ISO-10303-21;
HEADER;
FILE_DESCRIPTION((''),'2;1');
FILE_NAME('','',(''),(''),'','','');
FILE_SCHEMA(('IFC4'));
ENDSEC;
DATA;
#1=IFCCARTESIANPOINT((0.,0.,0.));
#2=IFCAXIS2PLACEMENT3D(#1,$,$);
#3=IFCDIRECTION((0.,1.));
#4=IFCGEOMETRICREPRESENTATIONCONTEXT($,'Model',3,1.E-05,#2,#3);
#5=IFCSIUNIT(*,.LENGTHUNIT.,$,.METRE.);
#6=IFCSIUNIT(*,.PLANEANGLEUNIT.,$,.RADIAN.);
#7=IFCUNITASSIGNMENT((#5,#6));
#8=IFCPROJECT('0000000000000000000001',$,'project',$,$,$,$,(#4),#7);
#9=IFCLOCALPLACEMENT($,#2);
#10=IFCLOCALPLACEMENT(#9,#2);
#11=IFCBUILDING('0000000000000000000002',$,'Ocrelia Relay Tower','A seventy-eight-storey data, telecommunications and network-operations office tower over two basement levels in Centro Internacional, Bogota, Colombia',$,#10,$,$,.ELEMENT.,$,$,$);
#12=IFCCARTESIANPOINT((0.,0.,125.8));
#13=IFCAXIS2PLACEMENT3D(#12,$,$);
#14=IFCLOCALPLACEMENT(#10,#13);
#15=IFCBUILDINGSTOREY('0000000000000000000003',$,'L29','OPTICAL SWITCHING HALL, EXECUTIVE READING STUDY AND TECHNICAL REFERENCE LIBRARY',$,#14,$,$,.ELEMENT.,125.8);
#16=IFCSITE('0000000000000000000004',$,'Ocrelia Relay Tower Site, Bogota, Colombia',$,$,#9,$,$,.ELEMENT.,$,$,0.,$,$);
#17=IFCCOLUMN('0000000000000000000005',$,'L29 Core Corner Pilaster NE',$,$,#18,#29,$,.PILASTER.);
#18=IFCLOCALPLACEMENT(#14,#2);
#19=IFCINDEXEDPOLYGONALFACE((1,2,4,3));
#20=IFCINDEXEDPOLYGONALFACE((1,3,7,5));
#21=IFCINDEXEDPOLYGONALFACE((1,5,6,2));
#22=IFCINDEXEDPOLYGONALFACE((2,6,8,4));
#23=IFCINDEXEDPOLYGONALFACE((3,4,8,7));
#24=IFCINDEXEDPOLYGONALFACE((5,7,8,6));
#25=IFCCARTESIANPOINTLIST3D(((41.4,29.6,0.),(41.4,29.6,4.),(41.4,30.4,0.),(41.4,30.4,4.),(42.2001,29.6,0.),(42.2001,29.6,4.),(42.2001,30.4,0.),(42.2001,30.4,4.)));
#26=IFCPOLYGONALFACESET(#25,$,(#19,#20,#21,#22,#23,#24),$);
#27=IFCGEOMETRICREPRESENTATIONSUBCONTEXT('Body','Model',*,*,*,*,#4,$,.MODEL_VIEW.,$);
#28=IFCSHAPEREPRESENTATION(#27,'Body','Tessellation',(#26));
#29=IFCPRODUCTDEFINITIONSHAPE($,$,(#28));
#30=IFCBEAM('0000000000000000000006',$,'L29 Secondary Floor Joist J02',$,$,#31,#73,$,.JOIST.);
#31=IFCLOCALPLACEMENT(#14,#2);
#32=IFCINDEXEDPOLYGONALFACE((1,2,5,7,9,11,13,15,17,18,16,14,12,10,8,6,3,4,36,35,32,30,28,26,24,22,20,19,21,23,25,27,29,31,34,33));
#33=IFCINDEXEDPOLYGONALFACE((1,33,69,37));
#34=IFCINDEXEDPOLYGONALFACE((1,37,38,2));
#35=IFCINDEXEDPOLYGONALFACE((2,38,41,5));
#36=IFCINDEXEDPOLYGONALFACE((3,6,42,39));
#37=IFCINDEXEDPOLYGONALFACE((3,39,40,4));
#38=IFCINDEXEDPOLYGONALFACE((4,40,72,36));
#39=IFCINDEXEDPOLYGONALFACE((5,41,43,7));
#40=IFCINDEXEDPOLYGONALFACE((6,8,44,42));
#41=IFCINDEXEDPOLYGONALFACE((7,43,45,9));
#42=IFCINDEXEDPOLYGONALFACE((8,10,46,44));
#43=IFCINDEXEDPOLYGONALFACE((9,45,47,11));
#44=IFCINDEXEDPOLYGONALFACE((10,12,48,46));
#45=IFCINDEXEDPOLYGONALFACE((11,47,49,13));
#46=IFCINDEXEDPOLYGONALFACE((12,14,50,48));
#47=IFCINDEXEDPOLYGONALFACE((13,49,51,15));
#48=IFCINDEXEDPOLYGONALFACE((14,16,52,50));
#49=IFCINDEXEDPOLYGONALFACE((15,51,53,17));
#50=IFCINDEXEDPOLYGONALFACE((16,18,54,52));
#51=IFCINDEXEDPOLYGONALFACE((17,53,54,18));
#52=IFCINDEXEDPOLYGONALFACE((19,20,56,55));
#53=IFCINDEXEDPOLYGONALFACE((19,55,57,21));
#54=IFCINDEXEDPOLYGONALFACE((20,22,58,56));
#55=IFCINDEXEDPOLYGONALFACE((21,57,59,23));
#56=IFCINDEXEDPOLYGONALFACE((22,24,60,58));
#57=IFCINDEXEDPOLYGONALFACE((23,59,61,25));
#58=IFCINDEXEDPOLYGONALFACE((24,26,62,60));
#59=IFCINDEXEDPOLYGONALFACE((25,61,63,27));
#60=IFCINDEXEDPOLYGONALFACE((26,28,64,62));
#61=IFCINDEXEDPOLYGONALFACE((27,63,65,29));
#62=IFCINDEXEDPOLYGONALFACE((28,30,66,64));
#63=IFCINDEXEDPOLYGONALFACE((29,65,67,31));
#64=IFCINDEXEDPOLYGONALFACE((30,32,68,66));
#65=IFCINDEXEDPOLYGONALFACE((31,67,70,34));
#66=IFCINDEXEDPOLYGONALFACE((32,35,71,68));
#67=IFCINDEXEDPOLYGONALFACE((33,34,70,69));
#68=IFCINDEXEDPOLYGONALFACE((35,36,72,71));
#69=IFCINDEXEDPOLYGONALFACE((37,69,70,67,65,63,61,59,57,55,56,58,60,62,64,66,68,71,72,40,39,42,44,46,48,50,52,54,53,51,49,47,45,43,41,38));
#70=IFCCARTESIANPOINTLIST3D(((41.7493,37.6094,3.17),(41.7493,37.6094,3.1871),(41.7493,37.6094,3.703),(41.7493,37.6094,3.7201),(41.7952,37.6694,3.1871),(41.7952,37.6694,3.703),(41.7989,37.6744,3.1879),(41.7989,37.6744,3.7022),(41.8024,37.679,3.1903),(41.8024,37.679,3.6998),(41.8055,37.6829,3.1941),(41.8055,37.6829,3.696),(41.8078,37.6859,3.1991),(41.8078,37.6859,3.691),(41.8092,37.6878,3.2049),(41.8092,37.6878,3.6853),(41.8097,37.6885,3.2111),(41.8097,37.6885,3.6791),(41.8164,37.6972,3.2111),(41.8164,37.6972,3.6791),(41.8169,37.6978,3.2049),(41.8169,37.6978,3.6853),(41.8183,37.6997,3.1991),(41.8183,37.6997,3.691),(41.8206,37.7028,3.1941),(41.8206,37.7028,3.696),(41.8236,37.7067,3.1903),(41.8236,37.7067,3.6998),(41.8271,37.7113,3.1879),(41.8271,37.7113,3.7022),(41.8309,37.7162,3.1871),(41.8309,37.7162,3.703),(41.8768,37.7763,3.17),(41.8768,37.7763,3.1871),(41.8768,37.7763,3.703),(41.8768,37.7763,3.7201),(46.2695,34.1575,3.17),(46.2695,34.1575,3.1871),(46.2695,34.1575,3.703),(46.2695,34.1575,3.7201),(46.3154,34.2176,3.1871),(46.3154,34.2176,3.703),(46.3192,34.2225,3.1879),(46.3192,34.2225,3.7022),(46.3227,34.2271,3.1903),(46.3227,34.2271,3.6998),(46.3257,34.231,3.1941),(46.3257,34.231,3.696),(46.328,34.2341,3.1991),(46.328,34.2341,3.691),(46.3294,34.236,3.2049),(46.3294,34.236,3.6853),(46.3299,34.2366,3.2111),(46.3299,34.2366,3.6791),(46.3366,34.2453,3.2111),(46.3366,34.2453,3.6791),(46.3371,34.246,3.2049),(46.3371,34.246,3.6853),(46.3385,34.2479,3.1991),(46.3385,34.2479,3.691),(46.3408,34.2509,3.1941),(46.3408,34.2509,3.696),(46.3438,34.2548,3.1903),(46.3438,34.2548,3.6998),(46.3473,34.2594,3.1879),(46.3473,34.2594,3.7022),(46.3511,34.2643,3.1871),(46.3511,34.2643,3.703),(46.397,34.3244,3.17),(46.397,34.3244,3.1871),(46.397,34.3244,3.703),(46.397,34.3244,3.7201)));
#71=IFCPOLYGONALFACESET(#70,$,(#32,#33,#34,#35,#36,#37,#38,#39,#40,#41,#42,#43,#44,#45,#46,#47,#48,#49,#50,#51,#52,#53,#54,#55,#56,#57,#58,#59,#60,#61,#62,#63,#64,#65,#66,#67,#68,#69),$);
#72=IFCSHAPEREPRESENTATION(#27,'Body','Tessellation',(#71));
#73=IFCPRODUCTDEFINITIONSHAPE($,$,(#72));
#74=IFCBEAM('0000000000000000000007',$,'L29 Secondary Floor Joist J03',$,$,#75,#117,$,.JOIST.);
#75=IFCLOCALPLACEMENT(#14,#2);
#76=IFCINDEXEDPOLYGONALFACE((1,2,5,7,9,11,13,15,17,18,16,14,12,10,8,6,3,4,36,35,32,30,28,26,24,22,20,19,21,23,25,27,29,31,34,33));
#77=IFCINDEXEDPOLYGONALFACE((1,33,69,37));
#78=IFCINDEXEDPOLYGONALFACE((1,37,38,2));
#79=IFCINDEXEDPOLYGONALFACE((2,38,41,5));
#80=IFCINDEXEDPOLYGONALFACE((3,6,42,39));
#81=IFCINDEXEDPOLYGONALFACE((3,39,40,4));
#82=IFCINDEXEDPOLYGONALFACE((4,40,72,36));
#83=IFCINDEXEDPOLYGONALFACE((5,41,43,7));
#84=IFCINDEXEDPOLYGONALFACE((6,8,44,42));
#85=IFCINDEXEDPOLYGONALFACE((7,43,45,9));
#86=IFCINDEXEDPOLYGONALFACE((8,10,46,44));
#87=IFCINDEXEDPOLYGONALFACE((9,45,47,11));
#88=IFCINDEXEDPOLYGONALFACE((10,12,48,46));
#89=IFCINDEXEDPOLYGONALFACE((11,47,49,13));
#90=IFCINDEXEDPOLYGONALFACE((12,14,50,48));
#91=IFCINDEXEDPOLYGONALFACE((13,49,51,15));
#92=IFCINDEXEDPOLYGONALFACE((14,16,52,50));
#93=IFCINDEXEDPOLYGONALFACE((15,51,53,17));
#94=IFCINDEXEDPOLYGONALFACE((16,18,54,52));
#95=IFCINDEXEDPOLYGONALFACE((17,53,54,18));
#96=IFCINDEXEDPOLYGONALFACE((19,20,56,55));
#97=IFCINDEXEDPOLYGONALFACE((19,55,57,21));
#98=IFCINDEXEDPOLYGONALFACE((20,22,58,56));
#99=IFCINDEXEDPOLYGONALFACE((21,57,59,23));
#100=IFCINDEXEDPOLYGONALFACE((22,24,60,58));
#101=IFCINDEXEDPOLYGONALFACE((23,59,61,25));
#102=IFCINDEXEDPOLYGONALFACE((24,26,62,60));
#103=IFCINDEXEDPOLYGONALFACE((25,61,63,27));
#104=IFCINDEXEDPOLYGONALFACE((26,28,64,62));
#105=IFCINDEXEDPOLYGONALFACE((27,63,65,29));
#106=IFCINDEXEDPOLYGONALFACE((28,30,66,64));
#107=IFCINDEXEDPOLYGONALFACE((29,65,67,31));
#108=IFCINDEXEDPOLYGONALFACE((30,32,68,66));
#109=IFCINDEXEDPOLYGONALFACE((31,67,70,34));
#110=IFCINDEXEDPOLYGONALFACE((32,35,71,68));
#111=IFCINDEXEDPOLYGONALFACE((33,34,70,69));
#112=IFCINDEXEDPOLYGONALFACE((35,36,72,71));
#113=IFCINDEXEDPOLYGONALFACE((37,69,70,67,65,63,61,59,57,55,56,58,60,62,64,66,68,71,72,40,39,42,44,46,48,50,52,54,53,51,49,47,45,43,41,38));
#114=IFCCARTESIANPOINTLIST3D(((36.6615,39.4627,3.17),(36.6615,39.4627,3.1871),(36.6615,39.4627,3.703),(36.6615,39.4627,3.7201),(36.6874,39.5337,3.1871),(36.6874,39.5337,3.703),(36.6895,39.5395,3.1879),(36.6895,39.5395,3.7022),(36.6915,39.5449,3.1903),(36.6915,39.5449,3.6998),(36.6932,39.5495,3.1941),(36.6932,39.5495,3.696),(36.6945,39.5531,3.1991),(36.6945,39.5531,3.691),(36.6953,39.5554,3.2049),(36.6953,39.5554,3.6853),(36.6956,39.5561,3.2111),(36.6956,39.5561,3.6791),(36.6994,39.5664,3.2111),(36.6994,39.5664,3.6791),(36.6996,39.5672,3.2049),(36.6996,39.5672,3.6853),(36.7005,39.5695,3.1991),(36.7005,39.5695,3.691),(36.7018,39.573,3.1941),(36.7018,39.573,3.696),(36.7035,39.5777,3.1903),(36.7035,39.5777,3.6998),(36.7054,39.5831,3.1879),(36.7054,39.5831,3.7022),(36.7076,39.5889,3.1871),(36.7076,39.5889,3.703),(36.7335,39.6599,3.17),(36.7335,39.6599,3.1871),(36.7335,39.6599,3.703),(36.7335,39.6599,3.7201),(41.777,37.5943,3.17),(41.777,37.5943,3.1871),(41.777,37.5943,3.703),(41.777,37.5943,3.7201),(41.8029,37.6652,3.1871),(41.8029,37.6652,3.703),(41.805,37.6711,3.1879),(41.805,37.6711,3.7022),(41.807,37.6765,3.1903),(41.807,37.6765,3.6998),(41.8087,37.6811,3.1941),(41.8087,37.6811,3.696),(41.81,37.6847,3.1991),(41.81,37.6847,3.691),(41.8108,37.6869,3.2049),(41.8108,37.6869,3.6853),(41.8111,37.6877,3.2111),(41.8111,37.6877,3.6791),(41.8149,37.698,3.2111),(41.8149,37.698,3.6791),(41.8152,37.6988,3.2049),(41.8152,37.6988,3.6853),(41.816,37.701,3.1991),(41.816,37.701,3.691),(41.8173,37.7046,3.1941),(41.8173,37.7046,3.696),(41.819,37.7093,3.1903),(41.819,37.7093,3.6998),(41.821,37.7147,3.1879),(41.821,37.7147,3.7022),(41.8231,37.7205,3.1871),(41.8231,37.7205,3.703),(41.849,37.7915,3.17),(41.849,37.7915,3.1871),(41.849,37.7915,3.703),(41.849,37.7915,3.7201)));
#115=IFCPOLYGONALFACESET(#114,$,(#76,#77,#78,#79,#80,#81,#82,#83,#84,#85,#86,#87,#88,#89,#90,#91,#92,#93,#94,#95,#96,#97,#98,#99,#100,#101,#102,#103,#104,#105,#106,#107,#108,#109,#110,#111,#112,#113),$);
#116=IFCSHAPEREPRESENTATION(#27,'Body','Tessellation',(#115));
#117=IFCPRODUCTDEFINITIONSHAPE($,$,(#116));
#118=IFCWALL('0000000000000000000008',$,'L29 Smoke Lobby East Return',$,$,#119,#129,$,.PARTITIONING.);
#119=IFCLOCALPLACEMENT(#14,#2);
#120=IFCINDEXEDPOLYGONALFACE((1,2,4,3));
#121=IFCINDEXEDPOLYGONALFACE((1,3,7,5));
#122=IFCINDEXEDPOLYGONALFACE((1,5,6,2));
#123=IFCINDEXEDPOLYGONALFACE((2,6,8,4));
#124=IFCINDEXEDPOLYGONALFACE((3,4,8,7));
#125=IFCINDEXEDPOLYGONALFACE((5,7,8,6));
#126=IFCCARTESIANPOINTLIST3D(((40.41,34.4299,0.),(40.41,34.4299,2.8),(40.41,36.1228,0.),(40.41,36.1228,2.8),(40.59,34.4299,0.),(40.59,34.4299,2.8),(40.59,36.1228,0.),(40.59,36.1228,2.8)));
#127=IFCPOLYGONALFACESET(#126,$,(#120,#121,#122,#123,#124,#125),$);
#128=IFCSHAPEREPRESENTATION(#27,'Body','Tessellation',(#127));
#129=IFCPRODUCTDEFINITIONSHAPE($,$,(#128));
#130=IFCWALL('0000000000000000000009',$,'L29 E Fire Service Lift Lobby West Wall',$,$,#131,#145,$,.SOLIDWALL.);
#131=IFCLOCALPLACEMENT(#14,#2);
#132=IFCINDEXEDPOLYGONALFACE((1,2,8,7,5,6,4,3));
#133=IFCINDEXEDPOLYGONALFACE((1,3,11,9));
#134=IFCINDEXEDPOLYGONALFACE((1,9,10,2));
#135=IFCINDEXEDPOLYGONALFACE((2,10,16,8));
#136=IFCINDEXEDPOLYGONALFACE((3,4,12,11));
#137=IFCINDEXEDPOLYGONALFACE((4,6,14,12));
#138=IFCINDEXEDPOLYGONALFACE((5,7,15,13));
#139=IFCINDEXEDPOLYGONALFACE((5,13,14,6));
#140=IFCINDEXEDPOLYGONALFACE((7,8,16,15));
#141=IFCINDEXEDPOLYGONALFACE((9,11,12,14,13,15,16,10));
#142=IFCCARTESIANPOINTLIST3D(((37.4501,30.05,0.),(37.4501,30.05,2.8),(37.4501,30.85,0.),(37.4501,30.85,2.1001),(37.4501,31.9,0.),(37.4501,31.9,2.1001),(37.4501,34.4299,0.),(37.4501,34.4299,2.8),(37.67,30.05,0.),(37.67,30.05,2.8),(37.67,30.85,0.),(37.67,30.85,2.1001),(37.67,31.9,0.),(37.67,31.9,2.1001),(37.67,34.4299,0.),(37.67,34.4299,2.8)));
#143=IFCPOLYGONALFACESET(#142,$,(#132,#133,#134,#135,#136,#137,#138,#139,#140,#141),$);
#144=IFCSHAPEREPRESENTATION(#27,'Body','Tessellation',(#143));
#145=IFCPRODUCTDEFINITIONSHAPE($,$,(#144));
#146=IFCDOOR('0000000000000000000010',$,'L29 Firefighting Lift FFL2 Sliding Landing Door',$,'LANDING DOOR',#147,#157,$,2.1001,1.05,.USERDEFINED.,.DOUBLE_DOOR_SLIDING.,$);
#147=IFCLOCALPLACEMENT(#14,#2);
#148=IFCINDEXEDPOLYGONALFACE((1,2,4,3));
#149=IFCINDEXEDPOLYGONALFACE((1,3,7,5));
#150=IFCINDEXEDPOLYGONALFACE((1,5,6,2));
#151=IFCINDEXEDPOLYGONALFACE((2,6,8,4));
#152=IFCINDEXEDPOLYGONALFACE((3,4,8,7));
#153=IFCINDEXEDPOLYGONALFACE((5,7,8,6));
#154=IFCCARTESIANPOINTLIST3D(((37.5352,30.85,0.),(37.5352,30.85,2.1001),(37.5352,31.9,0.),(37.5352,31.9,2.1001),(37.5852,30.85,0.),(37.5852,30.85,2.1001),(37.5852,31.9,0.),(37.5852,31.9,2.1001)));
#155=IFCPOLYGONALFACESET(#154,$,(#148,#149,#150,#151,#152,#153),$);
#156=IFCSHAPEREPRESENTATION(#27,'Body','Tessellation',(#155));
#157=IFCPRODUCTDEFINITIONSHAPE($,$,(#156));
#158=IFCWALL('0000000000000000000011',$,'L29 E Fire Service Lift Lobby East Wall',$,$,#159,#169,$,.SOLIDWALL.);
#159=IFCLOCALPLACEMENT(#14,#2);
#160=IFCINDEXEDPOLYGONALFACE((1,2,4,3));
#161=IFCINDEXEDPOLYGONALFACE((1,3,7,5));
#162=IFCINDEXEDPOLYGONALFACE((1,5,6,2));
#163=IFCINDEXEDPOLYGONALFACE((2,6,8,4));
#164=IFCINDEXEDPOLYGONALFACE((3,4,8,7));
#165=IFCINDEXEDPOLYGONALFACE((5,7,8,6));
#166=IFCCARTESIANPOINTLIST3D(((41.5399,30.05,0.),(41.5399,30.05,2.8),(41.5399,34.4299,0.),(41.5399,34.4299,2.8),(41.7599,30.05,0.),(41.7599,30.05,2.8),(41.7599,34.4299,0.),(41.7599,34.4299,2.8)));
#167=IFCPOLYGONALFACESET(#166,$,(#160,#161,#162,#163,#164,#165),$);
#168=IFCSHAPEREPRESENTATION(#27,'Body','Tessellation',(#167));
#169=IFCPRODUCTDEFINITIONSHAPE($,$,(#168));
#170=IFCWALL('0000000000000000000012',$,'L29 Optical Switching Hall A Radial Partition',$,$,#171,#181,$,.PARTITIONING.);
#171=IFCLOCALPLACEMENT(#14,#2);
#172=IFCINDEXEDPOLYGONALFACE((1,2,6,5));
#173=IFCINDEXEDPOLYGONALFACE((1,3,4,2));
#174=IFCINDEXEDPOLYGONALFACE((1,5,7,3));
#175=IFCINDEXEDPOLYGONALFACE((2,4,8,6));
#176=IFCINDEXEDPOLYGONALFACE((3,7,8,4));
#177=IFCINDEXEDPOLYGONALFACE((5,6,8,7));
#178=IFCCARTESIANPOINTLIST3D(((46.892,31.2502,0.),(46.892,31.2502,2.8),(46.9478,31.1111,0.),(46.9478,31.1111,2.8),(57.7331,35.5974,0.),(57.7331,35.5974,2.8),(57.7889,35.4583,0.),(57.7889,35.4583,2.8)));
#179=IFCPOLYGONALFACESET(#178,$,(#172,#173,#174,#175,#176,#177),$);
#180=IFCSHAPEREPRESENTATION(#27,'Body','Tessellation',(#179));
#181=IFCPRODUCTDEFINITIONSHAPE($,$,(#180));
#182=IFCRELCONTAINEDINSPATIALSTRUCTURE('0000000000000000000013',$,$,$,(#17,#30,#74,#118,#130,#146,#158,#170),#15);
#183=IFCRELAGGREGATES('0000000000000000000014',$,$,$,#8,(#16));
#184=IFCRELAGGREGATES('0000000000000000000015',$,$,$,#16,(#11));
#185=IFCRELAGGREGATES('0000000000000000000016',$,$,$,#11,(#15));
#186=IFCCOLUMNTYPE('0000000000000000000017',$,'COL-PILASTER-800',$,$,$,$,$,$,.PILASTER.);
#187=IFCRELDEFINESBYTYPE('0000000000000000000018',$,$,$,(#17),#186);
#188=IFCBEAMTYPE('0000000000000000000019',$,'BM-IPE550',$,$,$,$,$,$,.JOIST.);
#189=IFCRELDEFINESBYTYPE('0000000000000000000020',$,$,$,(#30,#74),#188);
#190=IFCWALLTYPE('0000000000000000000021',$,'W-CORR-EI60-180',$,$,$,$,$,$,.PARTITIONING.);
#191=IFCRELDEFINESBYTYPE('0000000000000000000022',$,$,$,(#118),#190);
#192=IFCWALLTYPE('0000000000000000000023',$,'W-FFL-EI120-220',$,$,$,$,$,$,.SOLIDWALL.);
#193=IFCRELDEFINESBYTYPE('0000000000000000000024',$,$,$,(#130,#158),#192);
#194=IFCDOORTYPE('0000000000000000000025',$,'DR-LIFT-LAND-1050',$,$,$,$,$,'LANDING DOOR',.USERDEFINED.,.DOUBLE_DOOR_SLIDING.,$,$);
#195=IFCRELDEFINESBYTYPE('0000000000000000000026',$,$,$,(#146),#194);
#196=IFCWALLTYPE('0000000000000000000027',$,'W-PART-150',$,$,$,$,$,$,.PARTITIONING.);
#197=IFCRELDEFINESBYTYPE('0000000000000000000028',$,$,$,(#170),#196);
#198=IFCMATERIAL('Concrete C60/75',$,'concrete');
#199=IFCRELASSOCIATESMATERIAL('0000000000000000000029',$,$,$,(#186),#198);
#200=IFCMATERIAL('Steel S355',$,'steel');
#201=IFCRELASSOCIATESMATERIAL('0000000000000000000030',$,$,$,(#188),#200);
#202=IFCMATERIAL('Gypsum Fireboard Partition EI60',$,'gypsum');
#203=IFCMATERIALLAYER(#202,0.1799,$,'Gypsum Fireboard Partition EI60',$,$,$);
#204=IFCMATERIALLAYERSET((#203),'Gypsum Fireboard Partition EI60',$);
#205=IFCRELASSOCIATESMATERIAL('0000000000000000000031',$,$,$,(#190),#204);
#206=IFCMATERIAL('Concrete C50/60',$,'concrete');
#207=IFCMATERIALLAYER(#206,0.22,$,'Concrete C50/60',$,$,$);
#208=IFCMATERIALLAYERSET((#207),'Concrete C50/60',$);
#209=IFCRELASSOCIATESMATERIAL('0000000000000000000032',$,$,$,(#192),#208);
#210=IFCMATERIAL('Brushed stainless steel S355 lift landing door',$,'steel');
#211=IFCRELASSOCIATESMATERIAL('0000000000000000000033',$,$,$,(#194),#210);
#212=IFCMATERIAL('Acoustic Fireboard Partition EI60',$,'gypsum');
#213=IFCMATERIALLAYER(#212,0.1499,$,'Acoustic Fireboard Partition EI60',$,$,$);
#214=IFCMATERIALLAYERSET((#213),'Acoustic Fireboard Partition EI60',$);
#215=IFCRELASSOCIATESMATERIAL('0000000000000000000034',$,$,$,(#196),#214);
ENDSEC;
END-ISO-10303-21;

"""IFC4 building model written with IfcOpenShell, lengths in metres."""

from ifc_helpers import new_model, si_unit, direction, frame, frame_2d, origin, origin_2d, place, context, subcontext, project, spatial, rectangle, i_section, extrude, material, layer, layer_set, material_profile, profile_set, type_object, element, fill, save


model = new_model("IFC4")

# Units and contexts
model_context = context("Model", 3, precision=1e-05, world=origin(), true_north=direction((0.0, 1.0)))
body_context = subcontext(model_context, "Body", "Model", "MODEL_VIEW")
ifc_project = project(units=[si_unit("LENGTHUNIT", "METRE"), si_unit("PLANEANGLEUNIT", "RADIAN")], contexts=[model_context])

# Site, building, storey
site_placement = place(None, origin())
site = spatial("IfcSite", under=ifc_project, at=site_placement, Name="Ocrelia Relay Tower Site, Bogota, Colombia", CompositionType="ELEMENT", RefElevation=0.0)
building_placement = place(site_placement, origin())
building = spatial("IfcBuilding", under=site, at=building_placement, Name="Ocrelia Relay Tower", Description="A seventy-eight-storey data, telecommunications and network-operations office tower over two basement levels in Centro Internacional, Bogota, Colombia", CompositionType="ELEMENT")
storey_placement = place(building_placement, frame((0.0, 0.0, 125.8)))
storey = spatial("IfcBuildingStorey", under=building, at=storey_placement, Name="L29", Description="OPTICAL SWITCHING HALL, EXECUTIVE READING STUDY AND TECHNICAL REFERENCE LIBRARY", CompositionType="ELEMENT", Elevation=125.8)

# Column
ifc_material_1 = material(Name="Concrete C60/75", Category="concrete")
ifc_material_profile_1 = material_profile(ifc_material_1, rectangle(XDim=0.8, YDim=0.8, at=origin_2d()), Name="RC-COL-800x800")
ifc_profile_set_1 = profile_set([ifc_material_profile_1], Name="Concrete C60/75")
column_type = type_object("IfcColumnType", Name="COL-PILASTER-800", PredefinedType="PILASTER", material=ifc_profile_set_1)
column_placement = place(storey_placement, frame((41.8, 30.0, 0.0), z_axis=(0.0, 0.0, 1.0), x_axis=(1.0, 0.0, 0.0)))
element("IfcColumn", 1, at=column_placement, inside=storey, type_object=column_type, Name="L29 Core Corner Pilaster NE", PredefinedType="PILASTER", context=body_context, shape_type="SweptSolid", body=[
    extrude(rectangle(XDim=0.8, YDim=0.8, at=origin_2d()), origin(), (0.0, 0.0, 1.0), 4.0),
])

# Beams
ifc_material_2 = material(Name="Steel S355", Category="steel")
ifc_material_profile_2 = material_profile(ifc_material_2, i_section(OverallWidth=0.21, OverallDepth=0.55, WebThickness=0.011, FlangeThickness=0.0171, FilletRadius=0.0239, at=origin_2d()), Name="IPE 550")
ifc_profile_set_2 = profile_set([ifc_material_profile_2], Name="Steel S355")
beam_type = type_object("IfcBeamType", Name="BM-IPE550", PredefinedType="JOIST", material=ifc_profile_set_2)
beam_1_placement = place(storey_placement, frame((46.3333, 34.241, 3.4451), z_axis=(-0.794762, 0.606921, 0.0), x_axis=(-0.606921, -0.794762, 0.0)))
element("IfcBeam", 2, at=beam_1_placement, inside=storey, type_object=beam_type, Name="L29 Secondary Floor Joist J02", PredefinedType="JOIST", context=body_context, shape_type="SweptSolid", body=[
    extrude(i_section(OverallWidth=0.21, OverallDepth=0.55, WebThickness=0.011, FlangeThickness=0.0171, FilletRadius=0.0239, at=origin_2d()), origin(), (0.0, 0.0, 1.0), 5.6875),
])
beam_2_placement = place(storey_placement, frame((41.813, 37.6929, 3.4451), z_axis=(-0.939307, 0.343078, 0.0), x_axis=(-0.343078, -0.939307, 0.0)))
element("IfcBeam", 3, at=beam_2_placement, inside=storey, type_object=beam_type, Name="L29 Secondary Floor Joist J03", PredefinedType="JOIST", context=body_context, shape_type="SweptSolid", body=[
    extrude(i_section(OverallWidth=0.21, OverallDepth=0.55, WebThickness=0.011, FlangeThickness=0.0171, FilletRadius=0.0239, at=origin_2d()), origin(), (0.0, 0.0, 1.0), 5.446),
])

# Wall
ifc_material_3 = material(Name="Gypsum Fireboard Partition EI60", Category="gypsum")
ifc_layer_1 = layer(ifc_material_3, 0.1799, Name="Gypsum Fireboard Partition EI60")
ifc_layer_set_1 = layer_set([ifc_layer_1], Name="Gypsum Fireboard Partition EI60")
wall_type_1 = type_object("IfcWallType", Name="W-CORR-EI60-180", PredefinedType="PARTITIONING", material=ifc_layer_set_1)
wall_1_placement = place(storey_placement, frame((40.5, 36.1228, 0.0), z_axis=(0.0, 0.0, 1.0), x_axis=(0.0, -1.0, 0.0)))
element("IfcWall", 4, at=wall_1_placement, inside=storey, type_object=wall_type_1, Name="L29 Smoke Lobby East Return", PredefinedType="PARTITIONING", context=body_context, shape_type="SweptSolid", body=[
    extrude(rectangle(XDim=1.6929, YDim=0.1799, at=frame_2d((0.8464, 0.0))), origin(), (0.0, 0.0, 1.0), 2.8),
])

# Wall, opening, door
ifc_material_4 = material(Name="Concrete C50/60", Category="concrete")
ifc_layer_2 = layer(ifc_material_4, 0.22, Name="Concrete C50/60")
ifc_layer_set_2 = layer_set([ifc_layer_2], Name="Concrete C50/60")
wall_type_2 = type_object("IfcWallType", Name="W-FFL-EI120-220", PredefinedType="SOLIDWALL", material=ifc_layer_set_2)
wall_2_placement = place(storey_placement, frame((37.5601, 30.05, 0.0), z_axis=(0.0, 0.0, 1.0), x_axis=(0.0, 1.0, 0.0)))
wall_2 = element("IfcWall", 5, at=wall_2_placement, inside=storey, type_object=wall_type_2, Name="L29 E Fire Service Lift Lobby West Wall", PredefinedType="SOLIDWALL", context=body_context, shape_type="SweptSolid", body=[
    extrude(rectangle(XDim=4.3799, YDim=0.22, at=frame_2d((2.1899, 0.0))), origin(), (0.0, 0.0, 1.0), 2.8),
])
opening_1_placement = place(wall_2_placement, frame((0.8, 0.0, 0.0)))
opening_1 = element("IfcOpeningElement", 6, at=opening_1_placement, cuts=wall_2, PredefinedType="OPENING", context=body_context, shape_type="SweptSolid", body=[
    extrude(rectangle(XDim=1.05, YDim=2.1001, at=frame_2d((0.5249, 1.05))), frame((0.0, 0.1201, 0.0), z_axis=(0.0, -1.0, 0.0), x_axis=(1.0, 0.0, 0.0)), (0.0, 0.0, 1.0), 0.24),
])
ifc_material_5 = material(Name="Brushed stainless steel S355 lift landing door", Category="steel")
door_type_1 = type_object("IfcDoorType", Name="DR-LIFT-LAND-1050", ElementType="LANDING DOOR", OperationType="DOUBLE_DOOR_SLIDING", PredefinedType="USERDEFINED", material=ifc_material_5)
door_1_placement = place(opening_1_placement, origin())
door_1 = element("IfcDoor", 7, at=door_1_placement, inside=storey, type_object=door_type_1, Name="L29 Firefighting Lift FFL2 Sliding Landing Door", ObjectType="LANDING DOOR", OperationType="DOUBLE_DOOR_SLIDING", OverallHeight=2.1001, OverallWidth=1.05, PredefinedType="USERDEFINED", context=body_context, shape_type="SweptSolid", body=[
    extrude(rectangle(XDim=1.05, YDim=2.1001, at=frame_2d((0.5249, 1.05))), frame((0.0, 0.0249, 0.0), z_axis=(0.0, -1.0, 0.0), x_axis=(1.0, 0.0, 0.0)), (0.0, 0.0, 1.0), 0.05),
])
fill(opening_1, door_1)

# Walls
wall_3_placement = place(storey_placement, frame((41.6499, 30.05, 0.0), z_axis=(0.0, 0.0, 1.0), x_axis=(0.0, 1.0, 0.0)))
element("IfcWall", 8, at=wall_3_placement, inside=storey, type_object=wall_type_2, Name="L29 E Fire Service Lift Lobby East Wall", PredefinedType="SOLIDWALL", context=body_context, shape_type="SweptSolid", body=[
    extrude(rectangle(XDim=4.3799, YDim=0.22, at=frame_2d((2.1899, 0.0))), origin(), (0.0, 0.0, 1.0), 2.8),
])
ifc_material_6 = material(Name="Acoustic Fireboard Partition EI60", Category="gypsum")
ifc_layer_3 = layer(ifc_material_6, 0.1499, Name="Acoustic Fireboard Partition EI60")
ifc_layer_set_3 = layer_set([ifc_layer_3], Name="Acoustic Fireboard Partition EI60")
wall_type_3 = type_object("IfcWallType", Name="W-PART-150", PredefinedType="PARTITIONING", material=ifc_layer_set_3)
wall_4_placement = place(storey_placement, frame((46.9199, 31.1807, 0.0), z_axis=(0.0, 0.0, 1.0), x_axis=(0.928159, 0.372183, 0.0)))
element("IfcWall", 9, at=wall_4_placement, inside=storey, type_object=wall_type_3, Name="L29 Optical Switching Hall A Radial Partition", PredefinedType="PARTITIONING", context=body_context, shape_type="SweptSolid", body=[
    extrude(rectangle(XDim=11.6802, YDim=0.1499, at=frame_2d((5.8401, 0.0))), origin(), (0.0, 0.0, 1.0), 2.8),
])

save(model, "model.ifc")
